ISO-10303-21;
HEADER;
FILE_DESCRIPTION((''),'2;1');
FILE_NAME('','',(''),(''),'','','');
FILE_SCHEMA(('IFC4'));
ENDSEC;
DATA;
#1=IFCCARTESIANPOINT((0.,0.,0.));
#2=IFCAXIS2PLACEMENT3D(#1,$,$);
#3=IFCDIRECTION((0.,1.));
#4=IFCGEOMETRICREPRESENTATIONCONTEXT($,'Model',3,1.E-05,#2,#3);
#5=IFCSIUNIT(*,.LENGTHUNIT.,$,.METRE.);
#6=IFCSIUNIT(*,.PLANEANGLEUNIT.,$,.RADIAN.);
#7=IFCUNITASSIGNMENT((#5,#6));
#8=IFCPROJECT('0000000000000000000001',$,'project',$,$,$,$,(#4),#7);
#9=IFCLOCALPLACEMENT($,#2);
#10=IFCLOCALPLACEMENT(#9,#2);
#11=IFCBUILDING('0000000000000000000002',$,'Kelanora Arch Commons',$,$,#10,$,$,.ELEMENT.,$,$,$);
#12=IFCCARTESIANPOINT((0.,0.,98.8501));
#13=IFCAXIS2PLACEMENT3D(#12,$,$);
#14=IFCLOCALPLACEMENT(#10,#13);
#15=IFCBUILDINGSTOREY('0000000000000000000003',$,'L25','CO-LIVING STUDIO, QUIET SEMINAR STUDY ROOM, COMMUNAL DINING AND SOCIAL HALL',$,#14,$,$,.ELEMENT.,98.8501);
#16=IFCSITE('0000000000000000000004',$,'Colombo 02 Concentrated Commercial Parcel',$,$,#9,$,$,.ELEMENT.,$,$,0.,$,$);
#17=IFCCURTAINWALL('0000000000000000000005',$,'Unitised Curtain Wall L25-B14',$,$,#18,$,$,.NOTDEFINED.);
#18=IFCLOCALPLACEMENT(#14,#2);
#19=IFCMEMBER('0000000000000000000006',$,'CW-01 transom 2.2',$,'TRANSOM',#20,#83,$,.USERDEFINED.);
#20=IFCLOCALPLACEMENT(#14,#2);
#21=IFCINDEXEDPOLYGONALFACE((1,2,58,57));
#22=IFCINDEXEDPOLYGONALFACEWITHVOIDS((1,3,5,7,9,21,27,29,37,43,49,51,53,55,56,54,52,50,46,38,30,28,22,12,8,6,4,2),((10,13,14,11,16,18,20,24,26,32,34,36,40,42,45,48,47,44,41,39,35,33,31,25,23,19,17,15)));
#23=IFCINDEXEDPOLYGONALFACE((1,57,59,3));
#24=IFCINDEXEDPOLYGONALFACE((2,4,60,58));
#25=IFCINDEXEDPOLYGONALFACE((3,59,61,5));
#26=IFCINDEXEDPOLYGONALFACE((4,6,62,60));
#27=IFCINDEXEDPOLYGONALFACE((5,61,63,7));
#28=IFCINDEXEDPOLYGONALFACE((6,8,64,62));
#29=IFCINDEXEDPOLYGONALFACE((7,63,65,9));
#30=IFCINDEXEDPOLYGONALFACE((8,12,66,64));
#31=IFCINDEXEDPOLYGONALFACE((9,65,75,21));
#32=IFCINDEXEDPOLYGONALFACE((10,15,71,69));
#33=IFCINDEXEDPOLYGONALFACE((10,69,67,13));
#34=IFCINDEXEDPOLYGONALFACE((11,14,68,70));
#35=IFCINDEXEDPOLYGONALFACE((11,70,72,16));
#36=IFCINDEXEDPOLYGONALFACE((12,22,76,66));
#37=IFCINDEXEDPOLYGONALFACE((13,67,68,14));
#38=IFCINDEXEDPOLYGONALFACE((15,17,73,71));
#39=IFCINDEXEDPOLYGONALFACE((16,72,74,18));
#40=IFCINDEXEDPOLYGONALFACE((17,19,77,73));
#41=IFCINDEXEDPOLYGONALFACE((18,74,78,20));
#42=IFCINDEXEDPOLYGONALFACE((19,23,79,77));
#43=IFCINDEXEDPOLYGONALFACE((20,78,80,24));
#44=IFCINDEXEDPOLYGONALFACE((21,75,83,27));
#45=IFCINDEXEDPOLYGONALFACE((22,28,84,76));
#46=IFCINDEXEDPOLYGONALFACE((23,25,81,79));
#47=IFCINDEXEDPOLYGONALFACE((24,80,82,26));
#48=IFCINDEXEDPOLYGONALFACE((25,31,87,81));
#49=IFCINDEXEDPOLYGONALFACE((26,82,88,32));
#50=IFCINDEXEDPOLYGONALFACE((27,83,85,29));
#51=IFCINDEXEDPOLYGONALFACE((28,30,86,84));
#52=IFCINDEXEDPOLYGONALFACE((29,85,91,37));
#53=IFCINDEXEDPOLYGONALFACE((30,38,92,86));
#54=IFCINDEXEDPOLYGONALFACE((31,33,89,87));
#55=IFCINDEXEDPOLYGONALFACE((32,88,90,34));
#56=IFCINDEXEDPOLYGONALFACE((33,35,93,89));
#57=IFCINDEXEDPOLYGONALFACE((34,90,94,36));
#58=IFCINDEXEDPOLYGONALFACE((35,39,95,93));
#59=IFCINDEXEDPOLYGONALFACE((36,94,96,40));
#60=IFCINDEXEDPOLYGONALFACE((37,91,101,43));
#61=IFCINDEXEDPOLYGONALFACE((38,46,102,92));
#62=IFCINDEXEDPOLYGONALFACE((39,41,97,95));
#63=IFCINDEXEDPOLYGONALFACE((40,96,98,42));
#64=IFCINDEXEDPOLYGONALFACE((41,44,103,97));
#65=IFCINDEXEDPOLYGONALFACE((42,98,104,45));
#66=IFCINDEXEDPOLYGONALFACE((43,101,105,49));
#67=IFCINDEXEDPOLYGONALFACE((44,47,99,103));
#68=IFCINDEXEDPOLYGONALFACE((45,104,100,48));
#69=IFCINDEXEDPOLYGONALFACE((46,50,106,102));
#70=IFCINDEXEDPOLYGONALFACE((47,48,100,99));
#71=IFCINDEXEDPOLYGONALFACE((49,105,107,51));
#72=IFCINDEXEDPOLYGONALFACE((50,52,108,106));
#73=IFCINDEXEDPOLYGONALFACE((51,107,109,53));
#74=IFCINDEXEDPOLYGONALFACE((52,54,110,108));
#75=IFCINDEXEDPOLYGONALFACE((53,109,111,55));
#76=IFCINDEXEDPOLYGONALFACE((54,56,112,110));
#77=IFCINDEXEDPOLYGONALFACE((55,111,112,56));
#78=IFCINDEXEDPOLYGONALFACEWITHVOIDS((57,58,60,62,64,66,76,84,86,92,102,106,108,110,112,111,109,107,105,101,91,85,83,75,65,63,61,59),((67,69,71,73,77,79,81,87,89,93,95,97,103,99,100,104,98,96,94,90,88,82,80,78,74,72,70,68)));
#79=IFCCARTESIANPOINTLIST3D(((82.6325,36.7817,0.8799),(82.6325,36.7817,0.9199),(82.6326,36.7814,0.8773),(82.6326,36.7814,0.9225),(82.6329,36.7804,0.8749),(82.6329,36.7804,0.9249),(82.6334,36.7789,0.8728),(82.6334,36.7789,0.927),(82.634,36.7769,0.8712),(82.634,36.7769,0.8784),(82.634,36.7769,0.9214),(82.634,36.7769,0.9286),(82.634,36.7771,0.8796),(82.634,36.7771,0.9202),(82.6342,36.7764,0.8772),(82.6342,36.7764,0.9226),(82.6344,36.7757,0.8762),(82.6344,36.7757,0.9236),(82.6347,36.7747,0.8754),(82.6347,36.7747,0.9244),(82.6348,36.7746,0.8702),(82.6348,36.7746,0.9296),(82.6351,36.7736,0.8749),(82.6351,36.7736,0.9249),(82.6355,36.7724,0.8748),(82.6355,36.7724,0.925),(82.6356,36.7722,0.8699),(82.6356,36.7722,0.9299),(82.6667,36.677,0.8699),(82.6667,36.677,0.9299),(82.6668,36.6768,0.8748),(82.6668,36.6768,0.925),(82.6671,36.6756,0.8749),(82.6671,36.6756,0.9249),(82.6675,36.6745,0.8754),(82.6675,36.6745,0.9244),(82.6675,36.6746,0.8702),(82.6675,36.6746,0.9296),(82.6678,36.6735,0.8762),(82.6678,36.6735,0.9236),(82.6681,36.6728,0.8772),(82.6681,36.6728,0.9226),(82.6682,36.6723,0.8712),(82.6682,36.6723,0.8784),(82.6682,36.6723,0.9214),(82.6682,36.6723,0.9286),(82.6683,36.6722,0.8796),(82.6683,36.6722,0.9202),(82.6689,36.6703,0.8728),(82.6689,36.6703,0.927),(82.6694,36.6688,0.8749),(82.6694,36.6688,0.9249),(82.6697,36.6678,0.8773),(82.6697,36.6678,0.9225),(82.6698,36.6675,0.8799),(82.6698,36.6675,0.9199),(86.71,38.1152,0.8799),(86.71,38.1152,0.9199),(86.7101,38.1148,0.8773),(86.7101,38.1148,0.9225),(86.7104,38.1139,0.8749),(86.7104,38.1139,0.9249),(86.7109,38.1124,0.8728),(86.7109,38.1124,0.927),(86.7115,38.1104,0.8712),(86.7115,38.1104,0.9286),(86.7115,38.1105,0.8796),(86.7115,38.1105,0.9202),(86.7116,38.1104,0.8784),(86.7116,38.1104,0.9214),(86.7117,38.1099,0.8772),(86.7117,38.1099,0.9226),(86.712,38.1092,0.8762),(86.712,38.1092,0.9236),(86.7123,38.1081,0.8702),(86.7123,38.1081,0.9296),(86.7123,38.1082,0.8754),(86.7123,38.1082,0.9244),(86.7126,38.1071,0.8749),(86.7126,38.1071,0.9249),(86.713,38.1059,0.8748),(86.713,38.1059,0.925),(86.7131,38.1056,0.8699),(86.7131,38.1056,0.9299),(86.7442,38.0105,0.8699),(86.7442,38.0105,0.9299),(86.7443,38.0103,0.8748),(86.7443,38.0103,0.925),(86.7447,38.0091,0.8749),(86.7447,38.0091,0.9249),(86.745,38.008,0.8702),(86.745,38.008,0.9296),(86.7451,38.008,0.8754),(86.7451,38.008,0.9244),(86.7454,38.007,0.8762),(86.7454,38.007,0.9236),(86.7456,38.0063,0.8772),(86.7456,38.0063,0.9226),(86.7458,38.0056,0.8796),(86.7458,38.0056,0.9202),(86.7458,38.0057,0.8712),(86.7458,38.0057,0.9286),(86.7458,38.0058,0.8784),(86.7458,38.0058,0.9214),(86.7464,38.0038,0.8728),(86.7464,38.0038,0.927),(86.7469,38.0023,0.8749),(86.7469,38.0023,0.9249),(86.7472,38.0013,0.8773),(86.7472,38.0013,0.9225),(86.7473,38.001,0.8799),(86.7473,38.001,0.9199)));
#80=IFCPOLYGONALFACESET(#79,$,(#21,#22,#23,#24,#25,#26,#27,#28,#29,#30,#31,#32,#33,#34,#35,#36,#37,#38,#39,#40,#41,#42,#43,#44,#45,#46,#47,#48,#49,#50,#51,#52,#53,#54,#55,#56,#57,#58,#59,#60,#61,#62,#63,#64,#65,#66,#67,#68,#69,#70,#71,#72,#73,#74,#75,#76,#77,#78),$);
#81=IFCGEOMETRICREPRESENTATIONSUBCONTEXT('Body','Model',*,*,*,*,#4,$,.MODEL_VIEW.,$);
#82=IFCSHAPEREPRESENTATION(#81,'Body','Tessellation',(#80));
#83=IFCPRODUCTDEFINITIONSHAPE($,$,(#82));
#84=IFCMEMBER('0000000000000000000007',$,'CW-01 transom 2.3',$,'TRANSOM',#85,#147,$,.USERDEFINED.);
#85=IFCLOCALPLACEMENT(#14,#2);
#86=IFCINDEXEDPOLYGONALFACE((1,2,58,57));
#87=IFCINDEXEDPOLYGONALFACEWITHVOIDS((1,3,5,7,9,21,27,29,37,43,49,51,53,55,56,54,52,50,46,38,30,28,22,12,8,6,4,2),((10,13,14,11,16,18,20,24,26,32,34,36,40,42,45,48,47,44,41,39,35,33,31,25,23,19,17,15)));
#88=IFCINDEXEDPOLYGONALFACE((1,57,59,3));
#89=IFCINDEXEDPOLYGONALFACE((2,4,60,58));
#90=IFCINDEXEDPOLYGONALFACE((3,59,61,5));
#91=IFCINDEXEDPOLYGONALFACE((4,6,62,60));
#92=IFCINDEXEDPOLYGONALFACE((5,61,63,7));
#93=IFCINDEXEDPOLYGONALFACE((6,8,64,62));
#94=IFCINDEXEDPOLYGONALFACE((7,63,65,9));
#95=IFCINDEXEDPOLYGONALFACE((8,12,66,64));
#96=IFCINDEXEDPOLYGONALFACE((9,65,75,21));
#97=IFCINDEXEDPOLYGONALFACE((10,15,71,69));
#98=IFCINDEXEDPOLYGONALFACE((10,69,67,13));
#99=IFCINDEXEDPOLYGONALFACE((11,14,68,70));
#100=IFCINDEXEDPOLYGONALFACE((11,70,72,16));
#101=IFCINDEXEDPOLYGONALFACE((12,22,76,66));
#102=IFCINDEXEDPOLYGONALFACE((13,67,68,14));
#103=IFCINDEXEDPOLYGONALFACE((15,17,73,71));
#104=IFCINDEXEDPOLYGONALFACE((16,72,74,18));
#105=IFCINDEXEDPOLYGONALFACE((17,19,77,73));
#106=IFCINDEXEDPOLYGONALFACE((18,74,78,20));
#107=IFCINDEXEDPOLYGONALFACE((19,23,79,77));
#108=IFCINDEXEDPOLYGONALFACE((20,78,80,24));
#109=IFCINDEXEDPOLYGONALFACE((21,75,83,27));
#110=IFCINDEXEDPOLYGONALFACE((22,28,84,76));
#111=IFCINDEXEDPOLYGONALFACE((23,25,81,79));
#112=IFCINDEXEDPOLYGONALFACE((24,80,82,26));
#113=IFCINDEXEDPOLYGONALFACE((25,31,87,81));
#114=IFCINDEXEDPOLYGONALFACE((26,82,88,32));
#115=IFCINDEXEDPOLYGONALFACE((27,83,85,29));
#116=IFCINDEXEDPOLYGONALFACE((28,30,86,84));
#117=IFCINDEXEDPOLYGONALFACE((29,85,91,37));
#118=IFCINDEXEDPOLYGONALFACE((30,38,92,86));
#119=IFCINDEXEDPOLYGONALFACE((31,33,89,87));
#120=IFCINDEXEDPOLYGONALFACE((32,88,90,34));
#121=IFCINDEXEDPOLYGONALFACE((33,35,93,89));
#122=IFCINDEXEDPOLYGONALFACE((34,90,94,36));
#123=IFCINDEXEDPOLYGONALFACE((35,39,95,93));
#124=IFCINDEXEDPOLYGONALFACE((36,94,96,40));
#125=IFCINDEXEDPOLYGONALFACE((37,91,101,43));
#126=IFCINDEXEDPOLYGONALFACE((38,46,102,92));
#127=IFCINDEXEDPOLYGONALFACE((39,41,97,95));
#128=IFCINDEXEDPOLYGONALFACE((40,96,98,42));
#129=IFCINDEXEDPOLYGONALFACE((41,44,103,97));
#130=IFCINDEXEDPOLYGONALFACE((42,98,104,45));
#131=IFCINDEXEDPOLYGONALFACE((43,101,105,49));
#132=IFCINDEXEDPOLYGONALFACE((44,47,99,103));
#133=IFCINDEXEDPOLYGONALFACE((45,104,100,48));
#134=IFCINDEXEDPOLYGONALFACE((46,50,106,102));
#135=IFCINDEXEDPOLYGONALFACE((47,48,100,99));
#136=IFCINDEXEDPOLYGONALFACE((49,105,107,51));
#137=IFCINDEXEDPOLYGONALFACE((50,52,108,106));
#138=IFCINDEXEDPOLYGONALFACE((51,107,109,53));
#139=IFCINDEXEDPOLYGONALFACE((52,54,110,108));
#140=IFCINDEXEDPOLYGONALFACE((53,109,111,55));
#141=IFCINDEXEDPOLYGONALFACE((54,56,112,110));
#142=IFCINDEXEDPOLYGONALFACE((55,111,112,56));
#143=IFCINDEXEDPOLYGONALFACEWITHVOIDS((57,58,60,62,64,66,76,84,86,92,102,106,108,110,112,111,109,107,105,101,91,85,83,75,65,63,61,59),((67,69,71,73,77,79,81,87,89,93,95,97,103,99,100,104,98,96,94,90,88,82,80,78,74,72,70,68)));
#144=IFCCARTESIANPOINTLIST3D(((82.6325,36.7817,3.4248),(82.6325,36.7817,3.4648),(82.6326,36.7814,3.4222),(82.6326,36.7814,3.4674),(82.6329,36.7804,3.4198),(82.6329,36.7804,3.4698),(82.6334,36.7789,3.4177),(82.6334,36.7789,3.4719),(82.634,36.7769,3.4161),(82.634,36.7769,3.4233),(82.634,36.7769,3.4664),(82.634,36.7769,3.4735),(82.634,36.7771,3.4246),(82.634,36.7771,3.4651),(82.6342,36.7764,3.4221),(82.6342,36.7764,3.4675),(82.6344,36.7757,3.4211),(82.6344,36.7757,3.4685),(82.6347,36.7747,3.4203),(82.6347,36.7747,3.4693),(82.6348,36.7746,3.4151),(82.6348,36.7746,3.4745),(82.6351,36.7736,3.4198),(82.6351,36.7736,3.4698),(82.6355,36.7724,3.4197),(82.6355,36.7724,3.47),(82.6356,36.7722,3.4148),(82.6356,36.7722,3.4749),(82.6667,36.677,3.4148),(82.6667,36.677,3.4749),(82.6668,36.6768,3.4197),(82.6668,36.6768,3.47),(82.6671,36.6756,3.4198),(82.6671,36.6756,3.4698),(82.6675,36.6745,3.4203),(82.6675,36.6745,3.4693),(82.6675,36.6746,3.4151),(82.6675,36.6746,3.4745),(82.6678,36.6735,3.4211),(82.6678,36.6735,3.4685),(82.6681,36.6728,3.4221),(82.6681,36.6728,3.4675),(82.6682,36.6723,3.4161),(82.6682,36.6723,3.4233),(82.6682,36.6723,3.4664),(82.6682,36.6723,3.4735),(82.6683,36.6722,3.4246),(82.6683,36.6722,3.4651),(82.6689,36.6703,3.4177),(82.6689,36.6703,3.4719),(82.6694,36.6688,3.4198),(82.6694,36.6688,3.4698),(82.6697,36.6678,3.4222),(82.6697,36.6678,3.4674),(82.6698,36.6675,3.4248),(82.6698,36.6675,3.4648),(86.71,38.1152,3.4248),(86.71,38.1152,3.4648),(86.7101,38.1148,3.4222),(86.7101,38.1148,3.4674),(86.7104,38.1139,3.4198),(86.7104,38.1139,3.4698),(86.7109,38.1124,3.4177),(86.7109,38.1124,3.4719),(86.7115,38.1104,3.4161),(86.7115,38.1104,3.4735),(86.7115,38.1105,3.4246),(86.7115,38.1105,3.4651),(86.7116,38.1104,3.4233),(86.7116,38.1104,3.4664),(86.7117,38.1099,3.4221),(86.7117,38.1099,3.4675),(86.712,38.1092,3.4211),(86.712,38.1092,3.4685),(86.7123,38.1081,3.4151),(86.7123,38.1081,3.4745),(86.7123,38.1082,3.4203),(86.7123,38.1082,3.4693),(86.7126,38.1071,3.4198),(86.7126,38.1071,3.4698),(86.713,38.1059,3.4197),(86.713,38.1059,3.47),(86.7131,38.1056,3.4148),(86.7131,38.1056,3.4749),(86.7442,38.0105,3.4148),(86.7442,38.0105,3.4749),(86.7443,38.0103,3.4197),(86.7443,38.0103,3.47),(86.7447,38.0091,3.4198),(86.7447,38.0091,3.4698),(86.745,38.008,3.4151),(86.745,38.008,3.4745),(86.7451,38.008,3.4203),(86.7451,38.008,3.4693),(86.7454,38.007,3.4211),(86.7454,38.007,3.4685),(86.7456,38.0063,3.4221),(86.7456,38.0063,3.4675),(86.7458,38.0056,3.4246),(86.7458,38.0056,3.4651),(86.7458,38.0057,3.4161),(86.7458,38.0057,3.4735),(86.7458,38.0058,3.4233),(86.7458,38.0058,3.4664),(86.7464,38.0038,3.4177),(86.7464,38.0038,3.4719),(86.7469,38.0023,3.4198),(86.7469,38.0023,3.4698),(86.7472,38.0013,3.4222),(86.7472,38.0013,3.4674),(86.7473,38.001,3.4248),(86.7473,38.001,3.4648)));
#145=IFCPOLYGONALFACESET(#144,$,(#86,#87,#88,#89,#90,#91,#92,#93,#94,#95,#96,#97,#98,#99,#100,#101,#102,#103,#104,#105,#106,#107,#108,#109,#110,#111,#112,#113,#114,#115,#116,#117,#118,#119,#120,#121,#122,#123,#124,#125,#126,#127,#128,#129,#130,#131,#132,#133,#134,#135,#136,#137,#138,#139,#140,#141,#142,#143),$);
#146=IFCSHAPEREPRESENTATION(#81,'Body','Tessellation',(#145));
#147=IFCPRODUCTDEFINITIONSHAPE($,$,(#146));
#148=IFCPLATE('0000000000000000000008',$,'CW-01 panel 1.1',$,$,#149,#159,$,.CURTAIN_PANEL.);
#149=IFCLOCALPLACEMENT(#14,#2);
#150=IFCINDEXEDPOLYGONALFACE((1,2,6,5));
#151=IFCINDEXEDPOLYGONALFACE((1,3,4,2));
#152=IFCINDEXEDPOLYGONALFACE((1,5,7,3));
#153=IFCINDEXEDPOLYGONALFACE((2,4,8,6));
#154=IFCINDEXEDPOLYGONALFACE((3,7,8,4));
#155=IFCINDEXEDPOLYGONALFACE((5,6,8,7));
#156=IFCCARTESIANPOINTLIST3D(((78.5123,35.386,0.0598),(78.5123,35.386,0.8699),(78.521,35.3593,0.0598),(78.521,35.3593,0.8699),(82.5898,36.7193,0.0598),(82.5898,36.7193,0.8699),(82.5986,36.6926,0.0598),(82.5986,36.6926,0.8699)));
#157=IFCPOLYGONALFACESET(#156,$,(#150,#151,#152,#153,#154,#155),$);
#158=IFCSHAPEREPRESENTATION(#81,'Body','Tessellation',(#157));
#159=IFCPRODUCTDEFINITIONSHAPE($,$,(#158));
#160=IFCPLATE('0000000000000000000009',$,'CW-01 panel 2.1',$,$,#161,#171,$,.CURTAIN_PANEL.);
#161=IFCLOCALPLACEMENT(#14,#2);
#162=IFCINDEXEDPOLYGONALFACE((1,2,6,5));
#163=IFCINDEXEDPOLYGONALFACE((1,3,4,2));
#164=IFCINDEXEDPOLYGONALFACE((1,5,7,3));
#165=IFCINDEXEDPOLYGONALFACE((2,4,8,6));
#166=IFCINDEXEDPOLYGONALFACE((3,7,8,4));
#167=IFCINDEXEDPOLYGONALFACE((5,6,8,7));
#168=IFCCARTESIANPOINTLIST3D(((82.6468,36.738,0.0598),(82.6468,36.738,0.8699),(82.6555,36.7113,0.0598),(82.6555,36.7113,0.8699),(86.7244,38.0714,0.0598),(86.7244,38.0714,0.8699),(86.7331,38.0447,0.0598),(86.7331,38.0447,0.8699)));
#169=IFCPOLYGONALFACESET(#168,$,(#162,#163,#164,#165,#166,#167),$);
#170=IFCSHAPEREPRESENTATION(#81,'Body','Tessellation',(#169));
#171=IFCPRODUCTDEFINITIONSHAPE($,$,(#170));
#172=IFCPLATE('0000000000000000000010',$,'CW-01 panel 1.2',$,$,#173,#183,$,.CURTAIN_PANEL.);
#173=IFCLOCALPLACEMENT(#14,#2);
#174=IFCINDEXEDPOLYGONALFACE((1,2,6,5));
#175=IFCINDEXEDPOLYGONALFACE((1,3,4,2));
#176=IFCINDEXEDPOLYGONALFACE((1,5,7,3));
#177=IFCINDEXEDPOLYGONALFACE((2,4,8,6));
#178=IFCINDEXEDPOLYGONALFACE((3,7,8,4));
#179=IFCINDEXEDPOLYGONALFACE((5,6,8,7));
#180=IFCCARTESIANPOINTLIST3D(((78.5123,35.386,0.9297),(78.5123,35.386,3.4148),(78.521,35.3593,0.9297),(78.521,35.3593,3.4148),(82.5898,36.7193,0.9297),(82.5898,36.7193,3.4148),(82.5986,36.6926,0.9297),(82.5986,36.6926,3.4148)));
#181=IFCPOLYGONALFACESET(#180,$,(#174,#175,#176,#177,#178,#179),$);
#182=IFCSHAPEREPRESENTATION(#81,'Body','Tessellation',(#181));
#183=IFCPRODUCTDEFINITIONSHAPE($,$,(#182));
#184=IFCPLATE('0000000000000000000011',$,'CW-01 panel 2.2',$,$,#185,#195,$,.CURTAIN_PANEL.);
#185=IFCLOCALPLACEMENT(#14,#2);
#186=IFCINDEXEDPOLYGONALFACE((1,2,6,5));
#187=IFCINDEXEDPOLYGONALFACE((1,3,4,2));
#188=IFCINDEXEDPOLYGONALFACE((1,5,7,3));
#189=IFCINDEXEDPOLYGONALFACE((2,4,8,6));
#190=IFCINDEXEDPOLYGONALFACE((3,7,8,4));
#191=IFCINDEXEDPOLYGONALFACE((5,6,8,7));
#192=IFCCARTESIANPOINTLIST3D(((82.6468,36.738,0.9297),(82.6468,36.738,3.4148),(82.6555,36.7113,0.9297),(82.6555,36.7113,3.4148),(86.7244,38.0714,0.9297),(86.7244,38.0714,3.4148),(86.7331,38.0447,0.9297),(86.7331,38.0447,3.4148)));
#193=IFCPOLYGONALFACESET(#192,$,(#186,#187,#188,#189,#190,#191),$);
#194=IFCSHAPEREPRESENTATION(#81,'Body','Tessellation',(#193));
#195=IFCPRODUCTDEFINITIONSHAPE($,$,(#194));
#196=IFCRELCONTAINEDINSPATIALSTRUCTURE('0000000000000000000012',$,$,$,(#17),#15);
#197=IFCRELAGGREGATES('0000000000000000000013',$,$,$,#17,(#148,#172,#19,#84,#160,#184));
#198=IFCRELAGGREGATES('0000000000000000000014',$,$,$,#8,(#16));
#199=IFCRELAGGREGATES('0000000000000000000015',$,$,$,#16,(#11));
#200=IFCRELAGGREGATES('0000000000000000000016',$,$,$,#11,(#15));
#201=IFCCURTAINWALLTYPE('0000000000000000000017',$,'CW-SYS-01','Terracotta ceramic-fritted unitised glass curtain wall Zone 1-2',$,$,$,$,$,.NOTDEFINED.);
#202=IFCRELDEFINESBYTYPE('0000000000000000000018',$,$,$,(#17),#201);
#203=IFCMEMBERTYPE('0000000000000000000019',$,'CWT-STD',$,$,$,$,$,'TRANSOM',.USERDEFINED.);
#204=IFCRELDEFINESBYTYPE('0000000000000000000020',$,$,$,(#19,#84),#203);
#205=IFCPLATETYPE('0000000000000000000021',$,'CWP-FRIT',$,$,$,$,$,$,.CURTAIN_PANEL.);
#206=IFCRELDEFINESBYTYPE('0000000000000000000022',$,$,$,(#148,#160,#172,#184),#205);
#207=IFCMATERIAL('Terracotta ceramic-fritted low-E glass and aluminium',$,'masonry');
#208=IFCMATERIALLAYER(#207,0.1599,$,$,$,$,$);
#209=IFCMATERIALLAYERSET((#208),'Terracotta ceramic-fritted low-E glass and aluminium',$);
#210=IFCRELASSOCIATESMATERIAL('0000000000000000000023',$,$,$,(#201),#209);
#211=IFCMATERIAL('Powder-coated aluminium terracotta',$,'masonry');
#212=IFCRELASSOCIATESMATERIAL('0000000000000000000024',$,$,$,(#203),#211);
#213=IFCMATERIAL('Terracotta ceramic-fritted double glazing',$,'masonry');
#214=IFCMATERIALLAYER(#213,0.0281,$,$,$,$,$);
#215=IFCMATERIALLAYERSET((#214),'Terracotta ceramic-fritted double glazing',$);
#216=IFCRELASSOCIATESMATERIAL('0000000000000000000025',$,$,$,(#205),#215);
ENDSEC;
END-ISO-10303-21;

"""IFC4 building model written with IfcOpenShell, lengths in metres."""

from ifc_helpers import new_model, si_unit, direction, frame, origin, origin_2d, place, context, subcontext, project, spatial, rectangle, hollow_rectangle, extrude, source, transform, mapped, material, layer, layer_set, material_profile, profile_set, type_object, element, aggregate, save


model = new_model("IFC4")

# Units and contexts
model_context = context("Model", 3, precision=1e-05, world=origin(), true_north=direction((0.0, 1.0)))
body_context = subcontext(model_context, "Body", "Model", "MODEL_VIEW")
ifc_project = project(units=[si_unit("LENGTHUNIT", "METRE"), si_unit("PLANEANGLEUNIT", "RADIAN")], contexts=[model_context])

# Site, building, storey
site_placement = place(None, origin())
site = spatial("IfcSite", under=ifc_project, at=site_placement, Name="Colombo 02 Concentrated Commercial Parcel", CompositionType="ELEMENT", RefElevation=0.0)
building_placement = place(site_placement, origin())
building = spatial("IfcBuilding", under=site, at=building_placement, Name="Kelanora Arch Commons", CompositionType="ELEMENT")
storey_placement = place(building_placement, frame((0.0, 0.0, 98.8501)))
storey = spatial("IfcBuildingStorey", under=building, at=storey_placement, Name="L25", Description="CO-LIVING STUDIO, QUIET SEMINAR STUDY ROOM, COMMUNAL DINING AND SOCIAL HALL", CompositionType="ELEMENT", Elevation=98.8501)

# Curtain wall, members, plates
ifc_material_1 = material(Name="Terracotta ceramic-fritted low-E glass and aluminium", Category="masonry")
ifc_layer_1 = layer(ifc_material_1, 0.1599)
ifc_layer_set_1 = layer_set([ifc_layer_1], Name="Terracotta ceramic-fritted low-E glass and aluminium")
curtain_wall_type = type_object("IfcCurtainWallType", Name="CW-SYS-01", Description="Terracotta ceramic-fritted unitised glass curtain wall Zone 1-2", PredefinedType="NOTDEFINED", material=ifc_layer_set_1)
curtain_wall_placement = place(storey_placement, origin())
curtain_wall = element("IfcCurtainWall", 1, at=curtain_wall_placement, inside=storey, type_object=curtain_wall_type, Name="Unitised Curtain Wall L25-B14", PredefinedType="NOTDEFINED")
ifc_material_2 = material(Name="Powder-coated aluminium terracotta", Category="masonry")
ifc_material_profile_1 = material_profile(ifc_material_2, hollow_rectangle(XDim=0.1201, YDim=0.0601, WallThickness=0.0049, InnerFilletRadius=0.0049, OuterFilletRadius=0.01, at=origin_2d()), Name="CWT120x60")
ifc_profile_set_1 = profile_set([ifc_material_profile_1], Name="Powder-coated aluminium terracotta")
member_type_1 = type_object("IfcMemberType", Name="CWT-STD", ElementType="TRANSOM", PredefinedType="USERDEFINED", material=ifc_profile_set_1)
member_1_placement = place(storey_placement, frame((82.6511, 36.7246, 0.8999), z_axis=(0.950466, 0.310828, 0.0), x_axis=(-0.310828, 0.950466, 0.0)))
member_1 = element("IfcMember", 2, at=member_1_placement, type_object=member_type_1, Name="CW-01 transom 2.2", ObjectType="TRANSOM", PredefinedType="USERDEFINED", context=body_context, shape_type="SweptSolid", body=[
    extrude(hollow_rectangle(XDim=0.1201, YDim=0.0601, WallThickness=0.0049, InnerFilletRadius=0.0049, OuterFilletRadius=0.01, at=origin_2d()), origin(), (0.0, 0.0, 1.0), 4.29),
])
member_2_placement = place(storey_placement, frame((82.6511, 36.7246, 3.4448), z_axis=(0.950466, 0.310828, 0.0), x_axis=(-0.310828, 0.950466, 0.0)))
member_2 = element("IfcMember", 3, at=member_2_placement, type_object=member_type_1, Name="CW-01 transom 2.3", ObjectType="TRANSOM", PredefinedType="USERDEFINED", context=body_context, shape_type="SweptSolid", body=[
    extrude(hollow_rectangle(XDim=0.1201, YDim=0.0601, WallThickness=0.0049, InnerFilletRadius=0.0049, OuterFilletRadius=0.01, at=origin_2d()), origin(), (0.0, 0.0, 1.0), 4.29),
])
ifc_material_3 = material(Name="Terracotta ceramic-fritted double glazing", Category="masonry")
ifc_layer_2 = layer(ifc_material_3, 0.0281)
ifc_layer_set_2 = layer_set([ifc_layer_2], Name="Terracotta ceramic-fritted double glazing")
plate_type = type_object("IfcPlateType", Name="CWP-FRIT", PredefinedType="CURTAIN_PANEL", material=ifc_layer_set_2)
shared_shape_1 = source(origin(), body_context, "Body", "SweptSolid", [
    extrude(rectangle(XDim=4.29, YDim=0.0281, at=origin_2d()), origin(), (0.0, 0.0, 1.0), 0.8101),
])
plate_1_placement = place(storey_placement, frame((80.5554, 36.0393, 0.0598), z_axis=(0.0, 0.0, 1.0), x_axis=(0.950474, 0.310805, 0.0)))
plate_1 = element("IfcPlate", 4, at=plate_1_placement, type_object=plate_type, Name="CW-01 panel 1.1", PredefinedType="CURTAIN_PANEL", context=body_context, shape_type="MappedRepresentation", body=[
    mapped(shared_shape_1, transform((0.0, 0.0, 0.0), scale=1.0)),
])
plate_2_placement = place(storey_placement, frame((84.6899, 37.3914, 0.0598), z_axis=(0.0, 0.0, 1.0), x_axis=(0.950474, 0.310805, 0.0)))
plate_2 = element("IfcPlate", 5, at=plate_2_placement, type_object=plate_type, Name="CW-01 panel 2.1", PredefinedType="CURTAIN_PANEL", context=body_context, shape_type="MappedRepresentation", body=[
    mapped(shared_shape_1, transform((0.0, 0.0, 0.0), scale=1.0)),
])
shared_shape_2 = source(origin(), body_context, "Body", "SweptSolid", [
    extrude(rectangle(XDim=4.29, YDim=0.0281, at=origin_2d()), origin(), (0.0, 0.0, 1.0), 2.4851),
])
plate_3_placement = place(storey_placement, frame((80.5554, 36.0393, 0.9297), z_axis=(0.0, 0.0, 1.0), x_axis=(0.950474, 0.310805, 0.0)))
plate_3 = element("IfcPlate", 6, at=plate_3_placement, type_object=plate_type, Name="CW-01 panel 1.2", PredefinedType="CURTAIN_PANEL", context=body_context, shape_type="MappedRepresentation", body=[
    mapped(shared_shape_2, transform((0.0, 0.0, 0.0), scale=1.0)),
])
plate_4_placement = place(storey_placement, frame((84.6899, 37.3914, 0.9297), z_axis=(0.0, 0.0, 1.0), x_axis=(0.950474, 0.310805, 0.0)))
plate_4 = element("IfcPlate", 7, at=plate_4_placement, type_object=plate_type, Name="CW-01 panel 2.2", PredefinedType="CURTAIN_PANEL", context=body_context, shape_type="MappedRepresentation", body=[
    mapped(shared_shape_2, transform((0.0, 0.0, 0.0), scale=1.0)),
])
aggregate(curtain_wall, [plate_1, plate_3, member_1, member_2, plate_2, plate_4])

save(model, "model.ifc")
